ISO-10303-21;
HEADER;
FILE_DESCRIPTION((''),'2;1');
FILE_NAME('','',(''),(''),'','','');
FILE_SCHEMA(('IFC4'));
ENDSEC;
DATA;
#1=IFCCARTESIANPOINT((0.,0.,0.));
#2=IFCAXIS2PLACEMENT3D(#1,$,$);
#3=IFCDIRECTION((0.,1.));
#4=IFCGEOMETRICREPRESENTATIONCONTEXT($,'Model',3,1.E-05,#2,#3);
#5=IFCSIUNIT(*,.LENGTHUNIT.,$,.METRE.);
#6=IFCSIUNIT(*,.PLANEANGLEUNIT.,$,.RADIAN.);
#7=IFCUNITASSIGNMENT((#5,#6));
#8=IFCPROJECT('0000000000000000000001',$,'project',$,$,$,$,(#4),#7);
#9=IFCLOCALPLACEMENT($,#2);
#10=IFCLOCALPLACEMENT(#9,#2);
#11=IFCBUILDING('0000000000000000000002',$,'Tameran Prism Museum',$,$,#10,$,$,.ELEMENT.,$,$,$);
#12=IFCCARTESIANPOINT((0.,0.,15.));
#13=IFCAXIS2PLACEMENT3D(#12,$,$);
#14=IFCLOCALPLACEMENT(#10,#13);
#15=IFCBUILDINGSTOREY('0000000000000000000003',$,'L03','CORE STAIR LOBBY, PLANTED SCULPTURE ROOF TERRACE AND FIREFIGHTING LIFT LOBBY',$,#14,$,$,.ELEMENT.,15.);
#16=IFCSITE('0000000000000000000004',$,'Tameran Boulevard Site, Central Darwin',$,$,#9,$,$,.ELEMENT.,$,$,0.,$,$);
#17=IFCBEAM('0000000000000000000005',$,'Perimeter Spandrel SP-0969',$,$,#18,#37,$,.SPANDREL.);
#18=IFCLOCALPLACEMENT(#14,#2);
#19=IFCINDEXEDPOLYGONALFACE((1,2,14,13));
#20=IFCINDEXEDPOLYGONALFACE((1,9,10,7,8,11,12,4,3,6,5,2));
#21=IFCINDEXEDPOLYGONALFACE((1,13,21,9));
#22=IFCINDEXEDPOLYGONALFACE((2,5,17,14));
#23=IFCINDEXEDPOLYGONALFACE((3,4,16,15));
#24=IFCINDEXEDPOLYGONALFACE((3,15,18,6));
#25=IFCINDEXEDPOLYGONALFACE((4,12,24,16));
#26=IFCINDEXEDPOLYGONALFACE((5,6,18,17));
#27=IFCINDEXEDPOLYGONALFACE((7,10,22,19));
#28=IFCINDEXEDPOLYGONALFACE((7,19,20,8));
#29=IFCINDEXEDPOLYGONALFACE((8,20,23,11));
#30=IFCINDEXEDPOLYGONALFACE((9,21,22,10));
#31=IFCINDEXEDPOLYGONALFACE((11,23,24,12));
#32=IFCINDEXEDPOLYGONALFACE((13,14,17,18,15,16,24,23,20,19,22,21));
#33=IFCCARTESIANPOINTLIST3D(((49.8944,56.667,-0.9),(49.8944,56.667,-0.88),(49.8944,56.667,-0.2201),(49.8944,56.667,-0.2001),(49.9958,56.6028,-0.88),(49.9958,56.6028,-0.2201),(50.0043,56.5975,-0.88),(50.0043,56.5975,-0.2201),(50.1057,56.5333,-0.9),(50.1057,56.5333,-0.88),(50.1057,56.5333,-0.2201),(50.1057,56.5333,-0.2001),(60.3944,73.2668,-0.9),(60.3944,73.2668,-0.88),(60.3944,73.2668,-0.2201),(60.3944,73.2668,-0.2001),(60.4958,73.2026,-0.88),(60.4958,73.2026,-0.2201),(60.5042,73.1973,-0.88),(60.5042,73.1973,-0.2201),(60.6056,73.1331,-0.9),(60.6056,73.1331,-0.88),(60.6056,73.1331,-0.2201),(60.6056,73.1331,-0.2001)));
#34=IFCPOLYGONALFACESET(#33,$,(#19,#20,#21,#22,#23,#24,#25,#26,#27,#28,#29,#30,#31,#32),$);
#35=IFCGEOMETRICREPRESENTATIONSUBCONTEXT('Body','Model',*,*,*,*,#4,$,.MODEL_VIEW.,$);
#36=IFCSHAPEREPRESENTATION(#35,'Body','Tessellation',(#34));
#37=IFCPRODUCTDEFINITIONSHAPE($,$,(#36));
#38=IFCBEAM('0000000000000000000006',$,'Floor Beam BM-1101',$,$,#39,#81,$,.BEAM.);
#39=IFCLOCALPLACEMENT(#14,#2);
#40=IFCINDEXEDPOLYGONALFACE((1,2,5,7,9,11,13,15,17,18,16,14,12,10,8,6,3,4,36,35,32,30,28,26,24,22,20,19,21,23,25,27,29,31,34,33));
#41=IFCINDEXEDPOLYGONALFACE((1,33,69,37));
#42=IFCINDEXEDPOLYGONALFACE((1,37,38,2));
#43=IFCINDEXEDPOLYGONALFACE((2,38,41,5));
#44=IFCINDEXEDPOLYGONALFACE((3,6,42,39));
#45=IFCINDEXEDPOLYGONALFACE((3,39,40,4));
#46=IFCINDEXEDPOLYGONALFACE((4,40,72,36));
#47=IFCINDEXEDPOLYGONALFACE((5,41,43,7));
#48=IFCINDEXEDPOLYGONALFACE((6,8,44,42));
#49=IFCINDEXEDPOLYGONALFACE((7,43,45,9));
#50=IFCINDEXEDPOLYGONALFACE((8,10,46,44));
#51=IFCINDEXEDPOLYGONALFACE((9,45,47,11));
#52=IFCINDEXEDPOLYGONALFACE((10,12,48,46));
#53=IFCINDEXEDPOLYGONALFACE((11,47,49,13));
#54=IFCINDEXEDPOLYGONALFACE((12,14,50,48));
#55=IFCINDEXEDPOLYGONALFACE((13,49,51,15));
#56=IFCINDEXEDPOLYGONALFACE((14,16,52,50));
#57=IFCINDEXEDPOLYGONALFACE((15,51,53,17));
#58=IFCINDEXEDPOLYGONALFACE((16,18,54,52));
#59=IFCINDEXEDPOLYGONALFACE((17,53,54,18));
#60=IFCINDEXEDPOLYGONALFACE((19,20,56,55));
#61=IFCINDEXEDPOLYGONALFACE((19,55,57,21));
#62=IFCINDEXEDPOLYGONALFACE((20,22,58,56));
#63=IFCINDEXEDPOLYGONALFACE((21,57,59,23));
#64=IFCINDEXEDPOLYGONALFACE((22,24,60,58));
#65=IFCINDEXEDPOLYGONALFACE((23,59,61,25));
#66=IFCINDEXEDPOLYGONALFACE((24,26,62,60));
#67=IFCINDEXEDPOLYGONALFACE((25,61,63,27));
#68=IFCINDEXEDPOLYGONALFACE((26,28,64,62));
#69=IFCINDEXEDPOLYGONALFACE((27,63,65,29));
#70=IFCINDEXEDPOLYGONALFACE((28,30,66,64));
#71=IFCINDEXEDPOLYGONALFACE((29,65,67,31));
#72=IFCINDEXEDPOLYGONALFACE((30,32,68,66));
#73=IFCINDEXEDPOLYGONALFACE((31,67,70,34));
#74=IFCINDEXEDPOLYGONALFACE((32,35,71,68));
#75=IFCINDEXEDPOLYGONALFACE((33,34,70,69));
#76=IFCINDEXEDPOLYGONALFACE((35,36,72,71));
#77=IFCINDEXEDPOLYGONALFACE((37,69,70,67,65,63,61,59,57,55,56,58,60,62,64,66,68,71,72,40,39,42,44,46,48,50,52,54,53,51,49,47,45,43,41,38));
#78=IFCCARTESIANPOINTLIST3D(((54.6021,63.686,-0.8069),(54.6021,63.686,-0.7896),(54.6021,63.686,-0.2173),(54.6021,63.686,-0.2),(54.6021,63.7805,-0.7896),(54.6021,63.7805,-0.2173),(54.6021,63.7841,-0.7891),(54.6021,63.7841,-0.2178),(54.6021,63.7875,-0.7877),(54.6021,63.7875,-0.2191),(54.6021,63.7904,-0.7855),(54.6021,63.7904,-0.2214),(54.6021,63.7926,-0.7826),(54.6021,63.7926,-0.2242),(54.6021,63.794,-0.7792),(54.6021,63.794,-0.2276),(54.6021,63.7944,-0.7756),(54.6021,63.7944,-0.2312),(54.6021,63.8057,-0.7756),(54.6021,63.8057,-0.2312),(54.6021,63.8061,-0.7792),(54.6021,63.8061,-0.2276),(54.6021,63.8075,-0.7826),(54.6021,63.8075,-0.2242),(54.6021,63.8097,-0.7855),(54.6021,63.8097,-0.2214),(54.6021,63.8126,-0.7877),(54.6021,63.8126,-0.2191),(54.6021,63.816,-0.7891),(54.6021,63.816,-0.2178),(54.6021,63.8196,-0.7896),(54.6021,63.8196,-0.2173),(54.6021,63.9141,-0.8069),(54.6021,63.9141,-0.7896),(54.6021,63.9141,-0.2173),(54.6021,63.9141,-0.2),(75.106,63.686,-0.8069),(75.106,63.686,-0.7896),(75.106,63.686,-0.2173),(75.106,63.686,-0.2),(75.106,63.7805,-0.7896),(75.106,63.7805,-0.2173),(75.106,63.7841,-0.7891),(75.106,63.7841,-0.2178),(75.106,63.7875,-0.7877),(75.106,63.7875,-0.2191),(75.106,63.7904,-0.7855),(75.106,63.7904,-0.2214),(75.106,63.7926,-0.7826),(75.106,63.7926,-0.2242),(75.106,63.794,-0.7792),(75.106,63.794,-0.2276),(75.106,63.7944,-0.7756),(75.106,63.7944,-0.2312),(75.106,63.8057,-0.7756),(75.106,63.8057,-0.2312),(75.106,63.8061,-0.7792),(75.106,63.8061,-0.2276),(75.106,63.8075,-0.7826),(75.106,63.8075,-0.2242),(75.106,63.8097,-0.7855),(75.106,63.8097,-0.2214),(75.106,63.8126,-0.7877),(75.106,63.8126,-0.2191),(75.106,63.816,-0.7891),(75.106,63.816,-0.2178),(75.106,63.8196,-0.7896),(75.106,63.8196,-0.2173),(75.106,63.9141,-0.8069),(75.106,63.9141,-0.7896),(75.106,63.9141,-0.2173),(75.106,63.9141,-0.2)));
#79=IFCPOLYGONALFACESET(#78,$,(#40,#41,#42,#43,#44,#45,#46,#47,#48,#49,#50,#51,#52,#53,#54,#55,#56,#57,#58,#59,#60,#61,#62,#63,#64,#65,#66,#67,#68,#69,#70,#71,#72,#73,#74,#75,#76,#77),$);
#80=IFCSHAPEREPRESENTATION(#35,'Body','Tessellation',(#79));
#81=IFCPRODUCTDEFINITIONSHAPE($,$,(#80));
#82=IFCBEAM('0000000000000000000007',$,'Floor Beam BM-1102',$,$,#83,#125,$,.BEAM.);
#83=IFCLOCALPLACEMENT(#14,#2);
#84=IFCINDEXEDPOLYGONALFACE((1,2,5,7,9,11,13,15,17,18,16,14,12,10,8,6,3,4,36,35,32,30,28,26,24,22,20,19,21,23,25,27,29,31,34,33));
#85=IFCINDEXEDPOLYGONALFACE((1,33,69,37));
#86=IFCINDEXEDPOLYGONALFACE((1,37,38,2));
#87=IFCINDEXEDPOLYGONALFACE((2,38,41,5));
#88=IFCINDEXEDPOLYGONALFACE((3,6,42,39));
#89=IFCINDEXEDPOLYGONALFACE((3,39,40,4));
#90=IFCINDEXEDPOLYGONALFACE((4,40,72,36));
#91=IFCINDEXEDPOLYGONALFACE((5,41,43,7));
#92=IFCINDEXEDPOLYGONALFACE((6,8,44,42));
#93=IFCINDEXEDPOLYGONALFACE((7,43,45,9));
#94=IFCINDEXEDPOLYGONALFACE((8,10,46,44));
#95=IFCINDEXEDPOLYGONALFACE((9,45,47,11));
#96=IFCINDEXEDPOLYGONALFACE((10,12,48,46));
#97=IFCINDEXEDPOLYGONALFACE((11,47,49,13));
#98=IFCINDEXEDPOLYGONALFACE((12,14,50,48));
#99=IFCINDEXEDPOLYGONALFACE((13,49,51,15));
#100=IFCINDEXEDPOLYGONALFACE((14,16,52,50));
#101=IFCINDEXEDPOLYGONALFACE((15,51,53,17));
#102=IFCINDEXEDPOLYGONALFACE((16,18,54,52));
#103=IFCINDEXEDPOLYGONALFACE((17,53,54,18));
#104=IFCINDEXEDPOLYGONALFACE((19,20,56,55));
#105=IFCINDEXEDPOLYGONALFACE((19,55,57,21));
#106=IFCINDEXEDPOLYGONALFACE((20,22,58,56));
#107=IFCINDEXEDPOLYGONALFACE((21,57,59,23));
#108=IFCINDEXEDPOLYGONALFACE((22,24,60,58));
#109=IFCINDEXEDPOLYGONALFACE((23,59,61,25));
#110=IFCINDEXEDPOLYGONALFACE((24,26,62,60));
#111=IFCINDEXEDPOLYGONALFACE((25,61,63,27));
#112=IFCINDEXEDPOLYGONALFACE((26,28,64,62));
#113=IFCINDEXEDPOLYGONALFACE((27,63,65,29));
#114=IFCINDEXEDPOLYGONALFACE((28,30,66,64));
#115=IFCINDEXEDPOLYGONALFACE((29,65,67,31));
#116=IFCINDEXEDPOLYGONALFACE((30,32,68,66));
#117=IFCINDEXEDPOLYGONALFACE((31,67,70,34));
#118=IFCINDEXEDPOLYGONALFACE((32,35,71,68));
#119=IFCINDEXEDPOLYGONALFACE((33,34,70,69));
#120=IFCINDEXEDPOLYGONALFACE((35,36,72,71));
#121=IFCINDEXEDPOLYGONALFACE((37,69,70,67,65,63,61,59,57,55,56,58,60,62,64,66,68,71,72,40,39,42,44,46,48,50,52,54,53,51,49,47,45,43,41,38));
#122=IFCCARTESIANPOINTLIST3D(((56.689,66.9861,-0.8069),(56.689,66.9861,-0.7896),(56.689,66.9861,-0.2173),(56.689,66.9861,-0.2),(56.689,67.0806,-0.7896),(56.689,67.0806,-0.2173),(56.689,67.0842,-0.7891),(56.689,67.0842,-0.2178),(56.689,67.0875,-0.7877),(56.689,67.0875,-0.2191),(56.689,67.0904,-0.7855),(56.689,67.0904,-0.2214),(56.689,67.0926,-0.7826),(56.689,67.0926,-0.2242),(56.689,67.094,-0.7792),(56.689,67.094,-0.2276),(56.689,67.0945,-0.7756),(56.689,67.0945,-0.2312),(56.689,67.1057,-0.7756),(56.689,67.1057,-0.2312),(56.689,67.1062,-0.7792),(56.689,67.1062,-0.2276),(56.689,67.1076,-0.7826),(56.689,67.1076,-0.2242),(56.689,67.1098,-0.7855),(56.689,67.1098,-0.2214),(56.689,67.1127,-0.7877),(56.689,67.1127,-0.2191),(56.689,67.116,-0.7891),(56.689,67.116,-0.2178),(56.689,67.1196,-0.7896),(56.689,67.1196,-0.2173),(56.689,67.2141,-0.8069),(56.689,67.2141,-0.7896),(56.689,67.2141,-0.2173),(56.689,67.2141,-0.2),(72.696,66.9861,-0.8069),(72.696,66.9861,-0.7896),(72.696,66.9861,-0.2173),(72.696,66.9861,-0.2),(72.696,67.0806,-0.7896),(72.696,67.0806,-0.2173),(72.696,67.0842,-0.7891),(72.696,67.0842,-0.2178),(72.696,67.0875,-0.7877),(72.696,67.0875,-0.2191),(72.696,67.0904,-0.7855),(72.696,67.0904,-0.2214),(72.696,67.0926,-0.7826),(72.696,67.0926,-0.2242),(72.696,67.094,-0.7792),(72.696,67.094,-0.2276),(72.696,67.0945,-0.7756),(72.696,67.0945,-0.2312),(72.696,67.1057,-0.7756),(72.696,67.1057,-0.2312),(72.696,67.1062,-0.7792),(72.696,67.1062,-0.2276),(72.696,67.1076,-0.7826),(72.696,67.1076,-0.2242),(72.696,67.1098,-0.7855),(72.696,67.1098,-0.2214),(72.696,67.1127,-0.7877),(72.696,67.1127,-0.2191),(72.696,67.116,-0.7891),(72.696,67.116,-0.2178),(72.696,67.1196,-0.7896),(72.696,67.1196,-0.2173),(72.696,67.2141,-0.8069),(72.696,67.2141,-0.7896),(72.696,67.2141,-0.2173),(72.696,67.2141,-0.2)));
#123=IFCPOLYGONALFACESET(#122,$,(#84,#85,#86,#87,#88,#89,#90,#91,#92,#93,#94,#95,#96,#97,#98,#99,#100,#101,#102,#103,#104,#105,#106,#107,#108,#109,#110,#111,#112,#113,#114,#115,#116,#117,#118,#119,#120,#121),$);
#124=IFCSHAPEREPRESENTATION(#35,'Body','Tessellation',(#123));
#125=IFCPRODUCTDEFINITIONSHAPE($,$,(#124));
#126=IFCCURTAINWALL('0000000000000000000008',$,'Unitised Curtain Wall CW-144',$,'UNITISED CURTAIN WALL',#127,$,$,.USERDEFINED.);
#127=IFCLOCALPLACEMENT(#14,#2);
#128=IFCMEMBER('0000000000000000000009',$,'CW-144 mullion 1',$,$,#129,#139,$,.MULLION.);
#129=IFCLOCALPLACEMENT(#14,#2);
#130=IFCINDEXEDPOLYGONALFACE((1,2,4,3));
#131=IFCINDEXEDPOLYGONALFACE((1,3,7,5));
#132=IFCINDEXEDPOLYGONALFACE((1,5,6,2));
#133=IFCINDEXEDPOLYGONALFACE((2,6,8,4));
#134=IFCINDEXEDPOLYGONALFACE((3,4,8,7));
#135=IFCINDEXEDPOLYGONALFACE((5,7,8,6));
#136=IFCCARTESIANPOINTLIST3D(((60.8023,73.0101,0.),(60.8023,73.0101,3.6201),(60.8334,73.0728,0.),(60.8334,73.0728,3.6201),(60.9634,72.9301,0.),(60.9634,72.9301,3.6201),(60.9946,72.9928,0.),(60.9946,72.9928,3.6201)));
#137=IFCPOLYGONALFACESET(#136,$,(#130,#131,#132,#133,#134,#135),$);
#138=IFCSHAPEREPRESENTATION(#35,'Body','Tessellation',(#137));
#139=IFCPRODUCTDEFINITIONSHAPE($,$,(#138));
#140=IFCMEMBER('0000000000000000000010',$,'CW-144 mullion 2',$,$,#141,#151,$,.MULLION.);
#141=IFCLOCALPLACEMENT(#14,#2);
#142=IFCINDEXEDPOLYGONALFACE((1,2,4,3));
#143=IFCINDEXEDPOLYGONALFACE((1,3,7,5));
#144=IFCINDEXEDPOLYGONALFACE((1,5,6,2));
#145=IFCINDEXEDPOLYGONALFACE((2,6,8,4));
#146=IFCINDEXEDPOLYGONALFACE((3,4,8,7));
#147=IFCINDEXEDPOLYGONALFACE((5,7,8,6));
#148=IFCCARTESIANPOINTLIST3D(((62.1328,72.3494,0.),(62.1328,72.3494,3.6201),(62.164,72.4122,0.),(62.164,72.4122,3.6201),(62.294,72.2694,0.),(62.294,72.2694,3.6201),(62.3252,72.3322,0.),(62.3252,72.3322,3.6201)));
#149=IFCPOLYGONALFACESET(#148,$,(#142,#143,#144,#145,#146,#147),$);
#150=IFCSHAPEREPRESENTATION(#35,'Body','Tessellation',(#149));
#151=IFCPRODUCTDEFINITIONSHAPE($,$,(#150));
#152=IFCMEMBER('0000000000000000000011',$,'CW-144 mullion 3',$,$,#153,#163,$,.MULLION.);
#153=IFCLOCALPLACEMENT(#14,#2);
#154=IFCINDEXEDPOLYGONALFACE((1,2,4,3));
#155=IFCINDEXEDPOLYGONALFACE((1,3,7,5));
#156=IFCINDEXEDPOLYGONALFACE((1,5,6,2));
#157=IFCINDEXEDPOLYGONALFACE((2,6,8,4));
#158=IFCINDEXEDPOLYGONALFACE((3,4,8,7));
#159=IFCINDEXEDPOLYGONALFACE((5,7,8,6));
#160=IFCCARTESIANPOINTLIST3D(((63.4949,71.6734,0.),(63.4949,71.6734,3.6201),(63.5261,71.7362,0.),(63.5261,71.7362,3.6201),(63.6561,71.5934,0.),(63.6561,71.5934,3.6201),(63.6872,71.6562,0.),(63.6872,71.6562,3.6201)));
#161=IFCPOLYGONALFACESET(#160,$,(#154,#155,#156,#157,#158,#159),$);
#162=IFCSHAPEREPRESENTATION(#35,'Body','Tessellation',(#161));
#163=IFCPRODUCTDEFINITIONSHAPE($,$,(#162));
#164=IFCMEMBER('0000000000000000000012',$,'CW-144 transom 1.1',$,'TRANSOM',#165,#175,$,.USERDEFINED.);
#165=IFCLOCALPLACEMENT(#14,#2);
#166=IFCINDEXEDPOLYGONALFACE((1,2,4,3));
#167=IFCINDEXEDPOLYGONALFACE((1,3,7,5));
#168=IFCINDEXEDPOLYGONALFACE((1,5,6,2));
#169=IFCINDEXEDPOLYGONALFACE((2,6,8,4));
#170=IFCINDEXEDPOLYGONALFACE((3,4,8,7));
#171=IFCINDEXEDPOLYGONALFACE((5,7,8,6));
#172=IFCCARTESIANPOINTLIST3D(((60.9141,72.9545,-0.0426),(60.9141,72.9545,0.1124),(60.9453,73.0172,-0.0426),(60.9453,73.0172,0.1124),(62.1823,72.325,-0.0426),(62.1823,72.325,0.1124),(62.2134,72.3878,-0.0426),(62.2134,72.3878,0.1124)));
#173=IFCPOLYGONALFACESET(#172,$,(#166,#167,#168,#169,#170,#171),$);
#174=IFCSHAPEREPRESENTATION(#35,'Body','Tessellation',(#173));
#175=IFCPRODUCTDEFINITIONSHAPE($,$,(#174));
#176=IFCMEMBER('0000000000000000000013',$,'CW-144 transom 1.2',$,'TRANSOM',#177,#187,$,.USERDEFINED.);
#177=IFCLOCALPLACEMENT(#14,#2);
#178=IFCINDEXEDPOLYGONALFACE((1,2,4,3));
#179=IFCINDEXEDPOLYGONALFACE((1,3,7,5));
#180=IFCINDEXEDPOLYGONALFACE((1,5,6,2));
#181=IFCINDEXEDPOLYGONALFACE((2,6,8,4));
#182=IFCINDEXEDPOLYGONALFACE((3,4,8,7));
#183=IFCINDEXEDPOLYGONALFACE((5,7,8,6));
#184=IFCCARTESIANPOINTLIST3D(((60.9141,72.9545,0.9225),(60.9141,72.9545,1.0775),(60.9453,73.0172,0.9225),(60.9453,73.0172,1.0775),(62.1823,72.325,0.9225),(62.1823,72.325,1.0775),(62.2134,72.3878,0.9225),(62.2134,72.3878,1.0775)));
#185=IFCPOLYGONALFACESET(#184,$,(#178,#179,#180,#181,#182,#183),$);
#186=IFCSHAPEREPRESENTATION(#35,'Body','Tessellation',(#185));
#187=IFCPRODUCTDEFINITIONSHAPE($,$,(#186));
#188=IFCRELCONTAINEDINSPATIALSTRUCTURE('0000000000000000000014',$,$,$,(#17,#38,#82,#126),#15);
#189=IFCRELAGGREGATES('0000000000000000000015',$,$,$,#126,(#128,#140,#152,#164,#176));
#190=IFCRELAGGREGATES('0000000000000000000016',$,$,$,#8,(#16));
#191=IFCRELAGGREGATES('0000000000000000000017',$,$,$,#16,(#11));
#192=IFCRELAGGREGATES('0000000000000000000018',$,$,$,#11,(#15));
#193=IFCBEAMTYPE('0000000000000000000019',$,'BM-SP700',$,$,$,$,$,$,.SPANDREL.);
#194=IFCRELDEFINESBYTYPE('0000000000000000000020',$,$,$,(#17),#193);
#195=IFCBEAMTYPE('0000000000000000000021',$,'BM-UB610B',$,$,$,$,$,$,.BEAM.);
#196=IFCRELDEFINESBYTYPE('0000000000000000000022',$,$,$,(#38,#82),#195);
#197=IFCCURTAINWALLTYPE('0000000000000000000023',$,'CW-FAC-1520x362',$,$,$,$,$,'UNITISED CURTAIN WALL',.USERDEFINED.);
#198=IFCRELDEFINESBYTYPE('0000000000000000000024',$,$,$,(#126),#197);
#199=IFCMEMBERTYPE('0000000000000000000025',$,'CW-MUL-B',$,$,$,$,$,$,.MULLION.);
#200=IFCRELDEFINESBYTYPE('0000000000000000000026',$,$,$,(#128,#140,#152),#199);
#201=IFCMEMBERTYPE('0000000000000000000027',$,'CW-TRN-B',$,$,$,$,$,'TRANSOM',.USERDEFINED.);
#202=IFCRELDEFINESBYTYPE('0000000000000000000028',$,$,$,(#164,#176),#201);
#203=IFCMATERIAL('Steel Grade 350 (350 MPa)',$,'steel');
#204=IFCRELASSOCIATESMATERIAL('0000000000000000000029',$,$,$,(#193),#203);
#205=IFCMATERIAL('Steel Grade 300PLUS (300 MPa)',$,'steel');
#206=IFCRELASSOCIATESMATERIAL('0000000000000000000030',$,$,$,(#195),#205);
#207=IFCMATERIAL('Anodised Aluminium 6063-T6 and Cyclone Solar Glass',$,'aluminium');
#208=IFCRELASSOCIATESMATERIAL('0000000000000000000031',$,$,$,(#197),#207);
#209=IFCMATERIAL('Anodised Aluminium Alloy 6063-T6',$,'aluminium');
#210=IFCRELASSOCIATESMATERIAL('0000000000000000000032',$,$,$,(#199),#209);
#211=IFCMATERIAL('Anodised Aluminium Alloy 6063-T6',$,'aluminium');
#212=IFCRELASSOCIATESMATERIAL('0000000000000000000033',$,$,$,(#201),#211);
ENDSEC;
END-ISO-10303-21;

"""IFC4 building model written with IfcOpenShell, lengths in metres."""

from ifc_helpers import new_model, si_unit, direction, frame, origin, origin_2d, place, context, subcontext, project, spatial, rectangle, i_section, extrude, material, material_profile, profile_set, type_object, element, aggregate, save


model = new_model("IFC4")

# Units and contexts
model_context = context("Model", 3, precision=1e-05, world=origin(), true_north=direction((0.0, 1.0)))
body_context = subcontext(model_context, "Body", "Model", "MODEL_VIEW")
ifc_project = project(units=[si_unit("LENGTHUNIT", "METRE"), si_unit("PLANEANGLEUNIT", "RADIAN")], contexts=[model_context])

# Site, building, storey
site_placement = place(None, origin())
site = spatial("IfcSite", under=ifc_project, at=site_placement, Name="Tameran Boulevard Site, Central Darwin", CompositionType="ELEMENT", RefElevation=0.0)
building_placement = place(site_placement, origin())
building = spatial("IfcBuilding", under=site, at=building_placement, Name="Tameran Prism Museum", CompositionType="ELEMENT")
storey_placement = place(building_placement, frame((0.0, 0.0, 15.0)))
storey = spatial("IfcBuildingStorey", under=building, at=storey_placement, Name="L03", Description="CORE STAIR LOBBY, PLANTED SCULPTURE ROOF TERRACE AND FIREFIGHTING LIFT LOBBY", CompositionType="ELEMENT", Elevation=15.0)

# Beams
ifc_material_1 = material(Name="Steel Grade 350 (350 MPa)", Category="steel")
ifc_material_profile_1 = material_profile(ifc_material_1, i_section(OverallWidth=0.25, OverallDepth=0.7, WebThickness=0.01, FlangeThickness=0.02, at=origin_2d()))
ifc_profile_set_1 = profile_set([ifc_material_profile_1])
beam_type_1 = type_object("IfcBeamType", Name="BM-SP700", PredefinedType="SPANDREL", material=ifc_profile_set_1)
beam_1_placement = place(storey_placement, frame((60.5, 73.2, -0.55), z_axis=(-0.534571, -0.845124, 0.0), x_axis=(0.845124, -0.534571, 0.0)))
element("IfcBeam", 1, at=beam_1_placement, inside=storey, type_object=beam_type_1, Name="Perimeter Spandrel SP-0969", PredefinedType="SPANDREL", context=body_context, shape_type="SweptSolid", body=[
    extrude(i_section(OverallWidth=0.25, OverallDepth=0.7, WebThickness=0.01, FlangeThickness=0.02, at=origin_2d()), origin(), (0.0, 0.0, 1.0), 19.6418),
])
ifc_material_2 = material(Name="Steel Grade 300PLUS (300 MPa)", Category="steel")
ifc_material_profile_2 = material_profile(ifc_material_2, i_section(OverallWidth=0.228, OverallDepth=0.6069, WebThickness=0.0112, FlangeThickness=0.0173, FilletRadius=0.0139, at=origin_2d()))
ifc_profile_set_2 = profile_set([ifc_material_profile_2])
beam_type_2 = type_object("IfcBeamType", Name="BM-UB610B", PredefinedType="BEAM", material=ifc_profile_set_2)
beam_2_placement = place(storey_placement, frame((54.6021, 63.8, -0.5034), z_axis=(1.0, 0.0, 0.0), x_axis=(0.0, 1.0, 0.0)))
element("IfcBeam", 2, at=beam_2_placement, inside=storey, type_object=beam_type_2, Name="Floor Beam BM-1101", PredefinedType="BEAM", context=body_context, shape_type="SweptSolid", body=[
    extrude(i_section(OverallWidth=0.228, OverallDepth=0.6069, WebThickness=0.0112, FlangeThickness=0.0173, FilletRadius=0.0139, at=origin_2d()), origin(), (0.0, 0.0, 1.0), 20.5039),
])
beam_3_placement = place(storey_placement, frame((56.689, 67.1001, -0.5034), z_axis=(1.0, 0.0, 0.0), x_axis=(0.0, 1.0, 0.0)))
element("IfcBeam", 3, at=beam_3_placement, inside=storey, type_object=beam_type_2, Name="Floor Beam BM-1102", PredefinedType="BEAM", context=body_context, shape_type="SweptSolid", body=[
    extrude(i_section(OverallWidth=0.228, OverallDepth=0.6069, WebThickness=0.0112, FlangeThickness=0.0173, FilletRadius=0.0139, at=origin_2d()), origin(), (0.0, 0.0, 1.0), 16.0071),
])

# Curtain wall, members
ifc_material_3 = material(Name="Anodised Aluminium 6063-T6 and Cyclone Solar Glass", Category="aluminium")
curtain_wall_type = type_object("IfcCurtainWallType", Name="CW-FAC-1520x362", ElementType="UNITISED CURTAIN WALL", PredefinedType="USERDEFINED", material=ifc_material_3)
curtain_wall_placement = place(storey_placement, origin())
curtain_wall = element("IfcCurtainWall", 4, at=curtain_wall_placement, inside=storey, type_object=curtain_wall_type, Name="Unitised Curtain Wall CW-144", ObjectType="UNITISED CURTAIN WALL", PredefinedType="USERDEFINED")
ifc_material_4 = material(Name="Anodised Aluminium Alloy 6063-T6", Category="aluminium")
ifc_material_profile_3 = material_profile(ifc_material_4, rectangle(XDim=0.0701, YDim=0.1799, at=origin_2d()))
ifc_profile_set_3 = profile_set([ifc_material_profile_3])
member_type_1 = type_object("IfcMemberType", Name="CW-MUL-B", PredefinedType="MULLION", material=ifc_profile_set_3)
member_1_placement = place(storey_placement, frame((60.8984, 73.0015, 0.0), z_axis=(0.0, 0.0, 1.0), x_axis=(0.444634, 0.895712, 0.0)))
member_1 = element("IfcMember", 5, at=member_1_placement, type_object=member_type_1, Name="CW-144 mullion 1", PredefinedType="MULLION", context=body_context, shape_type="SweptSolid", body=[
    extrude(rectangle(XDim=0.0701, YDim=0.1799, at=origin_2d()), origin(), (0.0, 0.0, 1.0), 3.6201),
])
member_2_placement = place(storey_placement, frame((62.229, 72.3408, 0.0), z_axis=(0.0, 0.0, 1.0), x_axis=(0.444634, 0.895712, 0.0)))
member_2 = element("IfcMember", 6, at=member_2_placement, type_object=member_type_1, Name="CW-144 mullion 2", PredefinedType="MULLION", context=body_context, shape_type="SweptSolid", body=[
    extrude(rectangle(XDim=0.0701, YDim=0.1799, at=origin_2d()), origin(), (0.0, 0.0, 1.0), 3.6201),
])
member_3_placement = place(storey_placement, frame((63.5911, 71.6648, 0.0), z_axis=(0.0, 0.0, 1.0), x_axis=(0.444634, 0.895712, 0.0)))
member_3 = element("IfcMember", 7, at=member_3_placement, type_object=member_type_1, Name="CW-144 mullion 3", PredefinedType="MULLION", context=body_context, shape_type="SweptSolid", body=[
    extrude(rectangle(XDim=0.0701, YDim=0.1799, at=origin_2d()), origin(), (0.0, 0.0, 1.0), 3.6201),
])
ifc_material_5 = material(Name="Anodised Aluminium Alloy 6063-T6", Category="aluminium")
ifc_material_profile_4 = material_profile(ifc_material_5, rectangle(XDim=0.0701, YDim=0.155, at=origin_2d()))
ifc_profile_set_4 = profile_set([ifc_material_profile_4])
member_type_2 = type_object("IfcMemberType", Name="CW-TRN-B", ElementType="TRANSOM", PredefinedType="USERDEFINED", material=ifc_profile_set_4)
member_4_placement = place(storey_placement, frame((60.9297, 72.9858, 0.0349), z_axis=(0.895734, -0.44459, 0.0), x_axis=(0.44459, 0.895734, 0.0)))
member_4 = element("IfcMember", 8, at=member_4_placement, type_object=member_type_2, Name="CW-144 transom 1.1", ObjectType="TRANSOM", PredefinedType="USERDEFINED", context=body_context, shape_type="SweptSolid", body=[
    extrude(rectangle(XDim=0.0701, YDim=0.155, at=origin_2d()), origin(), (0.0, 0.0, 1.0), 1.4158),
])
member_5_placement = place(storey_placement, frame((60.9297, 72.9858, 1.0), z_axis=(0.895734, -0.44459, 0.0), x_axis=(0.44459, 0.895734, 0.0)))
member_5 = element("IfcMember", 9, at=member_5_placement, type_object=member_type_2, Name="CW-144 transom 1.2", ObjectType="TRANSOM", PredefinedType="USERDEFINED", context=body_context, shape_type="SweptSolid", body=[
    extrude(rectangle(XDim=0.0701, YDim=0.155, at=origin_2d()), origin(), (0.0, 0.0, 1.0), 1.4158),
])
aggregate(curtain_wall, [member_1, member_2, member_3, member_4, member_5])

save(model, "model.ifc")
